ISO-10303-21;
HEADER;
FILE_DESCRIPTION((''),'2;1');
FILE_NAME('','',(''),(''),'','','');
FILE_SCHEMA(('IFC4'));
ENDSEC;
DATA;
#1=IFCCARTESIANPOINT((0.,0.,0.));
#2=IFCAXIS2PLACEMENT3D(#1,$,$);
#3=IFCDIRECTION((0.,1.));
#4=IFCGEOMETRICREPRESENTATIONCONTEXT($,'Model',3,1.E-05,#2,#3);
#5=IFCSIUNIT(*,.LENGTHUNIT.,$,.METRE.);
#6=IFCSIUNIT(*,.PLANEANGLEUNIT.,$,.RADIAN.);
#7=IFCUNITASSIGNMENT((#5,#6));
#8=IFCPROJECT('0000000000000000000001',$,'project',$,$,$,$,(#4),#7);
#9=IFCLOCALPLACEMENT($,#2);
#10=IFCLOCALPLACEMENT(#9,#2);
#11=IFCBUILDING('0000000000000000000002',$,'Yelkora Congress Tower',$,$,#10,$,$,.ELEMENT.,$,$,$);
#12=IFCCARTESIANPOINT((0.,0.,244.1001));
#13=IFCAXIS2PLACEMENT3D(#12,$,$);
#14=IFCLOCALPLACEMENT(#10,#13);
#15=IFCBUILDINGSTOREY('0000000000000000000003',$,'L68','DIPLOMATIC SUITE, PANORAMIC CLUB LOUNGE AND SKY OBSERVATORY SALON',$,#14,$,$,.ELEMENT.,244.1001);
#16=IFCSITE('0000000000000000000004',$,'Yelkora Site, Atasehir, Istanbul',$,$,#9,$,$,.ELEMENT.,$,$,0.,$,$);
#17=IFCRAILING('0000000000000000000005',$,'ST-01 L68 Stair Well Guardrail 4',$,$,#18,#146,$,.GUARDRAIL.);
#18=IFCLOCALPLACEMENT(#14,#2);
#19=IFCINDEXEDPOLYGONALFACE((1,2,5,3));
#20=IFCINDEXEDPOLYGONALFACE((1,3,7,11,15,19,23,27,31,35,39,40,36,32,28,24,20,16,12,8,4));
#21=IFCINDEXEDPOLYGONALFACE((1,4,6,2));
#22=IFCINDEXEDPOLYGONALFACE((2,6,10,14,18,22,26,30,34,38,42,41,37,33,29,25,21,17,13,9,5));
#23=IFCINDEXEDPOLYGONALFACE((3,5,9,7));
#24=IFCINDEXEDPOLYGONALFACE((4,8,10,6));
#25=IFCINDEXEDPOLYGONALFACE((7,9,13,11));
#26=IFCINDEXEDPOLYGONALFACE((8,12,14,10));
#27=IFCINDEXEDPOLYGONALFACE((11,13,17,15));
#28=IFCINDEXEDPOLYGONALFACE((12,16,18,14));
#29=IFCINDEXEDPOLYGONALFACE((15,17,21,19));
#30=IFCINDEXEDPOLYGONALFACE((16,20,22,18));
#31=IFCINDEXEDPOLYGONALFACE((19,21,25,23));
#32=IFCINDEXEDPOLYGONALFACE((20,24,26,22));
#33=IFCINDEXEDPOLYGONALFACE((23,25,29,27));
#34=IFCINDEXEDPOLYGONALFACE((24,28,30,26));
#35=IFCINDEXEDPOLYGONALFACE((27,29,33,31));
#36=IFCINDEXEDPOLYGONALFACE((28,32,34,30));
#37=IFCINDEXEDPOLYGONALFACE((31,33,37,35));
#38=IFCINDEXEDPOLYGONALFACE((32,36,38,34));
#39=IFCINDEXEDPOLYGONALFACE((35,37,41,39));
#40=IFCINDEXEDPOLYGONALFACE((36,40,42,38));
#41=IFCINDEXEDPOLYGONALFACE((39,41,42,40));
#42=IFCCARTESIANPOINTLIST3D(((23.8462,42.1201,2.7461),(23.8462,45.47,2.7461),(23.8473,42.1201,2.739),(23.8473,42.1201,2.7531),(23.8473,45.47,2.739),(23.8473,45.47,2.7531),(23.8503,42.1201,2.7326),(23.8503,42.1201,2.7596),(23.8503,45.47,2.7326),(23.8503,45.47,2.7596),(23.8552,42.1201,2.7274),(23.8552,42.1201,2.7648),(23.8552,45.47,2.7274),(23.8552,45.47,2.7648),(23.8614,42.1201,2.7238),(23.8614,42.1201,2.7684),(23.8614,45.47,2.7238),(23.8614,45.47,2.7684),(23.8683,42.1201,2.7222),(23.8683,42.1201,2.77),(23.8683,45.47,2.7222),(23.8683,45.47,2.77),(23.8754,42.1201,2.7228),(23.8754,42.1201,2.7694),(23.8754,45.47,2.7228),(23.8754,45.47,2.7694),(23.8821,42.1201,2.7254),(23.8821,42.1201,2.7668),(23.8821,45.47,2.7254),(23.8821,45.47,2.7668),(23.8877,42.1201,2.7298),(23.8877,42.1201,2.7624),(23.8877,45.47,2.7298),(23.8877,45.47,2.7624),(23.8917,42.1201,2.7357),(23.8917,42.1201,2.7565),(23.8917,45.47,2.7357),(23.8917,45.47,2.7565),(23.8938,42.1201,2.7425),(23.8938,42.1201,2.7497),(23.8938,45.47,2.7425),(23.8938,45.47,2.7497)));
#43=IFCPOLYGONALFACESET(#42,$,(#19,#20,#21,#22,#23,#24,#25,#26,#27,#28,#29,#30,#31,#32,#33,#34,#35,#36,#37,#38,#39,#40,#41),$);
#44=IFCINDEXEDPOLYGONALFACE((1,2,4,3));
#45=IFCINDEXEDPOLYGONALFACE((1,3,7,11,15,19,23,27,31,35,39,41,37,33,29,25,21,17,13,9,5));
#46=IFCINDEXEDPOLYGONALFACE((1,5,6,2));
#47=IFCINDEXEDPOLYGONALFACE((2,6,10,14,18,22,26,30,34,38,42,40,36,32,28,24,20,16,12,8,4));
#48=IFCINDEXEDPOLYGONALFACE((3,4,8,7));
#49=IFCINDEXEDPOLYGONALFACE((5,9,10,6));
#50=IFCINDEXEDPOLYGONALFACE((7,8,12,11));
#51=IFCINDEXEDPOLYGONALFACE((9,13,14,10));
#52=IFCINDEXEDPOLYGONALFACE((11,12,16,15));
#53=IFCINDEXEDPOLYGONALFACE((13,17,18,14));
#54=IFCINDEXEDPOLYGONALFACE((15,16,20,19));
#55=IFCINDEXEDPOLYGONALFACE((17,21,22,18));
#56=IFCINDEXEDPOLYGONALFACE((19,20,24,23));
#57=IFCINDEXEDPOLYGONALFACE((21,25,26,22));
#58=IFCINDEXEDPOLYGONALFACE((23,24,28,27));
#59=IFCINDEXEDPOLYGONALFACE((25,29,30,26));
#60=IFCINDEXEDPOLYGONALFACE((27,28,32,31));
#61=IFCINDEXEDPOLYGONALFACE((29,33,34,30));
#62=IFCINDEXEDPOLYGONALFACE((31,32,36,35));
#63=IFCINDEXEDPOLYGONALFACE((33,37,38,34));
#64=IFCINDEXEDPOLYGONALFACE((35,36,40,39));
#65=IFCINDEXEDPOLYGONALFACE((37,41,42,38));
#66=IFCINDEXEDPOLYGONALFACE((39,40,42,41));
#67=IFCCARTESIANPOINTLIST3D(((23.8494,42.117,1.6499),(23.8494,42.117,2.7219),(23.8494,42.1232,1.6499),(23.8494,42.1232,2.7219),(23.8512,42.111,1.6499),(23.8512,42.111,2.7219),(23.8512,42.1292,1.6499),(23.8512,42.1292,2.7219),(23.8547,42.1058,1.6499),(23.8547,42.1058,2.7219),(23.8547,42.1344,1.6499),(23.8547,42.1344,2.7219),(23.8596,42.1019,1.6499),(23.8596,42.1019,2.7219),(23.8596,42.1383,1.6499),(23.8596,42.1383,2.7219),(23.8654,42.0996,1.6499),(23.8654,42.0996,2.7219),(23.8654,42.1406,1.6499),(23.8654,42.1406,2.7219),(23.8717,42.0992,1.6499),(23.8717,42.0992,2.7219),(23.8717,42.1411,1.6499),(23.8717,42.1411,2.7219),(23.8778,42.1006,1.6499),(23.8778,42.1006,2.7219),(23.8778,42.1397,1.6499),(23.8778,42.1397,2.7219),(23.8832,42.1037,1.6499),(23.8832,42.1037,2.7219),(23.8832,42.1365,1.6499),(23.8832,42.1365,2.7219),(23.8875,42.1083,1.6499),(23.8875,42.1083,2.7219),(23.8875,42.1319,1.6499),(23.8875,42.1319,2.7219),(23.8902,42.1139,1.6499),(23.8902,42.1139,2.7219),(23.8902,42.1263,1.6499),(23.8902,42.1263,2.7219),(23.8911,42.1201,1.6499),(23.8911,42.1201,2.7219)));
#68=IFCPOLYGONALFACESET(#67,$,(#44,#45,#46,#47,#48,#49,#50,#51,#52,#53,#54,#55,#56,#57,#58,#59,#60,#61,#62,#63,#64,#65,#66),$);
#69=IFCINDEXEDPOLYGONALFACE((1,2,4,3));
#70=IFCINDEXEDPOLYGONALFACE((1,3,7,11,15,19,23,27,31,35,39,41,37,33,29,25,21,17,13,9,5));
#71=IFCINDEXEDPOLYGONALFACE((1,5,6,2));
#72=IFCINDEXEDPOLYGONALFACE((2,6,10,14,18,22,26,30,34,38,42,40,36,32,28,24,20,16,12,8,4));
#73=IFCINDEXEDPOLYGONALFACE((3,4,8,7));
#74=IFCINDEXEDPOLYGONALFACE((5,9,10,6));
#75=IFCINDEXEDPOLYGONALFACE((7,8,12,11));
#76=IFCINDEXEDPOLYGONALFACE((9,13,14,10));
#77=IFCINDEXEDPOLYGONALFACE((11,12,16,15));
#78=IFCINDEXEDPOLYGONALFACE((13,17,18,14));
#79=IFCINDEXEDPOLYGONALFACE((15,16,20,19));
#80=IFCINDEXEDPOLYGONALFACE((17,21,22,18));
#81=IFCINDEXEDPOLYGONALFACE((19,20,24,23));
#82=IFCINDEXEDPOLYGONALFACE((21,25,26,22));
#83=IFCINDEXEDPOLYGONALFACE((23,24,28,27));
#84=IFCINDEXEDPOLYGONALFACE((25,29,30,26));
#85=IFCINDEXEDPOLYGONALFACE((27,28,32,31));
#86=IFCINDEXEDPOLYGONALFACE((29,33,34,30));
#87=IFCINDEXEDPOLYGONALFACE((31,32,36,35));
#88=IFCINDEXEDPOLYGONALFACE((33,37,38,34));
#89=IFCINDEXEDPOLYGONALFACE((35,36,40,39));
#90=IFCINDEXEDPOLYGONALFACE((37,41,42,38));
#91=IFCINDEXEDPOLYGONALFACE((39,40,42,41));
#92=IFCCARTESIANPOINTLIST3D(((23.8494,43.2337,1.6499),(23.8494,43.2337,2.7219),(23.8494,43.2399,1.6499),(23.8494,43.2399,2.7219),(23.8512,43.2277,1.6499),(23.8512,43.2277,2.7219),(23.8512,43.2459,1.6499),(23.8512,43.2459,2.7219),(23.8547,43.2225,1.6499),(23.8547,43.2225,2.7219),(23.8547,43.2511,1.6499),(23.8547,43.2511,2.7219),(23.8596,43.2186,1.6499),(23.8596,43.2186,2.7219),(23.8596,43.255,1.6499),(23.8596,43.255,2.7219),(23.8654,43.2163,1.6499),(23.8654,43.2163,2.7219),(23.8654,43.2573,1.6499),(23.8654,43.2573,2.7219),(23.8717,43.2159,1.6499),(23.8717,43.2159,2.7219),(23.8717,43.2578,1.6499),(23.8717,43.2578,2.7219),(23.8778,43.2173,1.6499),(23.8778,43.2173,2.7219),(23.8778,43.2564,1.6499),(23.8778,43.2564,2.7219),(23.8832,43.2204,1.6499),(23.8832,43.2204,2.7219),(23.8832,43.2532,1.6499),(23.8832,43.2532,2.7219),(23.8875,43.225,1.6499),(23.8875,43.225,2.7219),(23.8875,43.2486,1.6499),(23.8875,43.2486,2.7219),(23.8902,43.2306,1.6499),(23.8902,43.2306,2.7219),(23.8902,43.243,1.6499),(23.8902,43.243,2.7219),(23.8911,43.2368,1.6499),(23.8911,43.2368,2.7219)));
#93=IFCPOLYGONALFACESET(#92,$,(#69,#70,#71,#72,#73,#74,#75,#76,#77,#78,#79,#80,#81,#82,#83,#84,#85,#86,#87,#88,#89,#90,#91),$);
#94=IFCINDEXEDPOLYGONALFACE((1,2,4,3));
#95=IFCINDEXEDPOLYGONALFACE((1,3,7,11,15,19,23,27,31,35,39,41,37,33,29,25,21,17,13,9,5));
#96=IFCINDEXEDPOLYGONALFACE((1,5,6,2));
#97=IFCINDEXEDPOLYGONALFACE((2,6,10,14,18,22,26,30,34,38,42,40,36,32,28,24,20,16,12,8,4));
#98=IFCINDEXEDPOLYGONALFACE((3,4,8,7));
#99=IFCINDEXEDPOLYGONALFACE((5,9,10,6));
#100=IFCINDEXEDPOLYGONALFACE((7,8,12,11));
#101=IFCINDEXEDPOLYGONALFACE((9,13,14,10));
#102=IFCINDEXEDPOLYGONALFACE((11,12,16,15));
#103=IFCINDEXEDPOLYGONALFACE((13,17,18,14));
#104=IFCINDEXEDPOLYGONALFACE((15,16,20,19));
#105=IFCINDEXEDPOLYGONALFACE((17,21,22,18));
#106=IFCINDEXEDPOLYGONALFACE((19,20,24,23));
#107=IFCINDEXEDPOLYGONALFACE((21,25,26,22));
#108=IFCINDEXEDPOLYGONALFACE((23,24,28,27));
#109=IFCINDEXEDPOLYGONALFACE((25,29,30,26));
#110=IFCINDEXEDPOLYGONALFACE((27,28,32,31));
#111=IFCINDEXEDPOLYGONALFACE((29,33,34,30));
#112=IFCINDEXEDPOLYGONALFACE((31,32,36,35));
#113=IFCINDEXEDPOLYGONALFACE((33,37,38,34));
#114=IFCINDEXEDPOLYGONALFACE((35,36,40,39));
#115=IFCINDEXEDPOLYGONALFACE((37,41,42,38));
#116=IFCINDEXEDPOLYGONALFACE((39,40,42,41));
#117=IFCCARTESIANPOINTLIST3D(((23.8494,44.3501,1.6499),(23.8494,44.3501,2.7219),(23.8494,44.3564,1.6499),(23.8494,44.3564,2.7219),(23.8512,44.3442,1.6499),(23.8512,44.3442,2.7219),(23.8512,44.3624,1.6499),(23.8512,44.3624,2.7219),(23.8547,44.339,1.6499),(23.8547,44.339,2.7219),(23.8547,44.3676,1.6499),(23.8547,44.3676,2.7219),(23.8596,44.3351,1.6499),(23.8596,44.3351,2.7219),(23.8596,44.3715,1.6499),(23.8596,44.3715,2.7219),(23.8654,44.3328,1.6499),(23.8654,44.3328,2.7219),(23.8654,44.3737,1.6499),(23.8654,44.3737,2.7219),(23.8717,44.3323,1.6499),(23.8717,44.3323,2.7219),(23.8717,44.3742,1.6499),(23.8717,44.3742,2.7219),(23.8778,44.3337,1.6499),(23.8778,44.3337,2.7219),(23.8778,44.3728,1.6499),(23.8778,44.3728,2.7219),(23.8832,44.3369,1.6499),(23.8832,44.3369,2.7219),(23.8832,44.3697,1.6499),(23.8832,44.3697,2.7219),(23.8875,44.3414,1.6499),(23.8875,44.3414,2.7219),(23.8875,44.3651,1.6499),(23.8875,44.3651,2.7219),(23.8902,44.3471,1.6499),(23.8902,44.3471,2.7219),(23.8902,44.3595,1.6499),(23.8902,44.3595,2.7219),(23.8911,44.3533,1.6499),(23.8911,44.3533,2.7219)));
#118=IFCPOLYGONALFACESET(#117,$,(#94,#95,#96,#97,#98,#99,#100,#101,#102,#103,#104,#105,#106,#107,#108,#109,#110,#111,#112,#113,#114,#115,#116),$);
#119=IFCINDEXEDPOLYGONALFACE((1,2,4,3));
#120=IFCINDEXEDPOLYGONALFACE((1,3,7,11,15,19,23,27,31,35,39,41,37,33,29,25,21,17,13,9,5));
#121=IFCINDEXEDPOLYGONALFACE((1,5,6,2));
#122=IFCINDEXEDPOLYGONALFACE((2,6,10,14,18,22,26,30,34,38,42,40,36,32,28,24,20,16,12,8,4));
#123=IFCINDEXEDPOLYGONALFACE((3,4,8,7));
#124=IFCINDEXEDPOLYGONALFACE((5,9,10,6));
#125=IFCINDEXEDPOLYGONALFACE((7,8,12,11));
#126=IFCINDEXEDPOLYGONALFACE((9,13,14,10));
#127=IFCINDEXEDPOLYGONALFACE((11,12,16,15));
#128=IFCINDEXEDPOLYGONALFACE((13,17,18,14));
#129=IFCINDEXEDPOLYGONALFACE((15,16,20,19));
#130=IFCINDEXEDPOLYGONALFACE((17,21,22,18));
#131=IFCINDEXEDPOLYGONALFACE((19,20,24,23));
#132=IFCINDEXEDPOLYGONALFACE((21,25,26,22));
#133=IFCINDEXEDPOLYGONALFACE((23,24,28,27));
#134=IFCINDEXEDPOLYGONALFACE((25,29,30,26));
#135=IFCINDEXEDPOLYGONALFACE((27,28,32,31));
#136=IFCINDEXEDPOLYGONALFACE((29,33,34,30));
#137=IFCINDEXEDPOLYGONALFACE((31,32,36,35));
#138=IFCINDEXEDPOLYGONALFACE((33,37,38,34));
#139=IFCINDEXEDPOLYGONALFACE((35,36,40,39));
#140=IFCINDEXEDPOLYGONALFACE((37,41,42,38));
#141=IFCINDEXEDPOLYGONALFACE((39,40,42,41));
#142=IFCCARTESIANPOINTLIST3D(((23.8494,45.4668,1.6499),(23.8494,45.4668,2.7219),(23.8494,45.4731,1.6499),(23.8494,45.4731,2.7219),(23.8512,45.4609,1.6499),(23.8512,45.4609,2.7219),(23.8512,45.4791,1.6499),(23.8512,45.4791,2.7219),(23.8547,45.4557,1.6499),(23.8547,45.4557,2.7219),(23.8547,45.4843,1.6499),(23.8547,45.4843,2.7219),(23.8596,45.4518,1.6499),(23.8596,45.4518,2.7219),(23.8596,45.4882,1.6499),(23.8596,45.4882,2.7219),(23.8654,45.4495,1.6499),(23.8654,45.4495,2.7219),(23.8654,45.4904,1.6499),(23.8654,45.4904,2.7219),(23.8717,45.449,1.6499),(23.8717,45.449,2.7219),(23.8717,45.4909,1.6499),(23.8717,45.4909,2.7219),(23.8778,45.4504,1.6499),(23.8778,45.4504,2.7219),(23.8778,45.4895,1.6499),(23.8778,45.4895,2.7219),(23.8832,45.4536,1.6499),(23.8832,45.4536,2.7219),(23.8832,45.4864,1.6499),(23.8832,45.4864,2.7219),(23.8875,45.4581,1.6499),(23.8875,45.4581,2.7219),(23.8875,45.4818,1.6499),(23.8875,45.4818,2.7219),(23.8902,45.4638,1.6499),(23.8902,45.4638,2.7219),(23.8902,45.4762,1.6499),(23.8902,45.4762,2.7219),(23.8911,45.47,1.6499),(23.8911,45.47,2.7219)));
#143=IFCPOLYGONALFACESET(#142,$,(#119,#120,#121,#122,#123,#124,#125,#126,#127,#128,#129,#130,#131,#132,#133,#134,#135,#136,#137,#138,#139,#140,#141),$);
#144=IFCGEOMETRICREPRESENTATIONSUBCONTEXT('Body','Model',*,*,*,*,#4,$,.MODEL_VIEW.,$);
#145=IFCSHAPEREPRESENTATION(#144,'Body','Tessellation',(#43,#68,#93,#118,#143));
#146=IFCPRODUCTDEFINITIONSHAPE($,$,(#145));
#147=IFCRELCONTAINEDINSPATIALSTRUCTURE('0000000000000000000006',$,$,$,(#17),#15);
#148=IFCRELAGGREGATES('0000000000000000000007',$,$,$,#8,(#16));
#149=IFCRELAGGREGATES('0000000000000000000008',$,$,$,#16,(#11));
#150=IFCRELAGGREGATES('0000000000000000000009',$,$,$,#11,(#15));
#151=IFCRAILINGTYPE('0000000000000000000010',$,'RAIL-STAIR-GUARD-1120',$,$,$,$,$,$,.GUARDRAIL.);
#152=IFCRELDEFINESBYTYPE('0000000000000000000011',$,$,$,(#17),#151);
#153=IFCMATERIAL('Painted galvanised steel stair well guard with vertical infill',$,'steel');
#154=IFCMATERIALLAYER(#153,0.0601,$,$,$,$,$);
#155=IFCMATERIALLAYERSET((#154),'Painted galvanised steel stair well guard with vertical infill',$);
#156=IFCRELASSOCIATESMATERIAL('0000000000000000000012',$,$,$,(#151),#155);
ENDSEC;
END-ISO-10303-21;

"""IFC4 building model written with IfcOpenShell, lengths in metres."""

from ifc_helpers import new_model, si_unit, direction, frame, origin, origin_2d, place, context, subcontext, project, spatial, circle, extrude, material, layer, layer_set, type_object, element, save


model = new_model("IFC4")

# Units and contexts
model_context = context("Model", 3, precision=1e-05, world=origin(), true_north=direction((0.0, 1.0)))
body_context = subcontext(model_context, "Body", "Model", "MODEL_VIEW")
ifc_project = project(units=[si_unit("LENGTHUNIT", "METRE"), si_unit("PLANEANGLEUNIT", "RADIAN")], contexts=[model_context])

# Site, building, storey
site_placement = place(None, origin())
site = spatial("IfcSite", under=ifc_project, at=site_placement, Name="Yelkora Site, Atasehir, Istanbul", CompositionType="ELEMENT", RefElevation=0.0)
building_placement = place(site_placement, origin())
building = spatial("IfcBuilding", under=site, at=building_placement, Name="Yelkora Congress Tower", CompositionType="ELEMENT")
storey_placement = place(building_placement, frame((0.0, 0.0, 244.1001)))
storey = spatial("IfcBuildingStorey", under=building, at=storey_placement, Name="L68", Description="DIPLOMATIC SUITE, PANORAMIC CLUB LOUNGE AND SKY OBSERVATORY SALON", CompositionType="ELEMENT", Elevation=244.1001)

# Railing
ifc_material_1 = material(Name="Painted galvanised steel stair well guard with vertical infill", Category="steel")
ifc_layer_1 = layer(ifc_material_1, 0.0601)
ifc_layer_set_1 = layer_set([ifc_layer_1], Name="Painted galvanised steel stair well guard with vertical infill")
railing_type_1 = type_object("IfcRailingType", Name="RAIL-STAIR-GUARD-1120", PredefinedType="GUARDRAIL", material=ifc_layer_set_1)
railing_1_placement = place(storey_placement, frame((23.8701, 42.1201, 1.6499)))
element("IfcRailing", 1, at=railing_1_placement, inside=storey, type_object=railing_type_1, Name="ST-01 L68 Stair Well Guardrail 4", PredefinedType="GUARDRAIL", context=body_context, shape_type="SweptSolid", body=[
    extrude(circle(Radius=0.0239, at=origin_2d()), frame((0.0, 0.0, 1.0962), z_axis=(0.0, 1.0, 0.0), x_axis=(-1.0, 0.0, 0.0)), (0.0, 0.0, 1.0), 3.3499),
    extrude(circle(Radius=0.021, at=origin_2d()), origin(), (0.0, 0.0, 1.0), 1.072),
    extrude(circle(Radius=0.021, at=origin_2d()), frame((0.0, 1.1167, 0.0)), (0.0, 0.0, 1.0), 1.072),
    extrude(circle(Radius=0.021, at=origin_2d()), frame((0.0, 2.2332, 0.0)), (0.0, 0.0, 1.0), 1.072),
    extrude(circle(Radius=0.021, at=origin_2d()), frame((0.0, 3.3499, 0.0)), (0.0, 0.0, 1.0), 1.072),
])

save(model, "model.ifc")
